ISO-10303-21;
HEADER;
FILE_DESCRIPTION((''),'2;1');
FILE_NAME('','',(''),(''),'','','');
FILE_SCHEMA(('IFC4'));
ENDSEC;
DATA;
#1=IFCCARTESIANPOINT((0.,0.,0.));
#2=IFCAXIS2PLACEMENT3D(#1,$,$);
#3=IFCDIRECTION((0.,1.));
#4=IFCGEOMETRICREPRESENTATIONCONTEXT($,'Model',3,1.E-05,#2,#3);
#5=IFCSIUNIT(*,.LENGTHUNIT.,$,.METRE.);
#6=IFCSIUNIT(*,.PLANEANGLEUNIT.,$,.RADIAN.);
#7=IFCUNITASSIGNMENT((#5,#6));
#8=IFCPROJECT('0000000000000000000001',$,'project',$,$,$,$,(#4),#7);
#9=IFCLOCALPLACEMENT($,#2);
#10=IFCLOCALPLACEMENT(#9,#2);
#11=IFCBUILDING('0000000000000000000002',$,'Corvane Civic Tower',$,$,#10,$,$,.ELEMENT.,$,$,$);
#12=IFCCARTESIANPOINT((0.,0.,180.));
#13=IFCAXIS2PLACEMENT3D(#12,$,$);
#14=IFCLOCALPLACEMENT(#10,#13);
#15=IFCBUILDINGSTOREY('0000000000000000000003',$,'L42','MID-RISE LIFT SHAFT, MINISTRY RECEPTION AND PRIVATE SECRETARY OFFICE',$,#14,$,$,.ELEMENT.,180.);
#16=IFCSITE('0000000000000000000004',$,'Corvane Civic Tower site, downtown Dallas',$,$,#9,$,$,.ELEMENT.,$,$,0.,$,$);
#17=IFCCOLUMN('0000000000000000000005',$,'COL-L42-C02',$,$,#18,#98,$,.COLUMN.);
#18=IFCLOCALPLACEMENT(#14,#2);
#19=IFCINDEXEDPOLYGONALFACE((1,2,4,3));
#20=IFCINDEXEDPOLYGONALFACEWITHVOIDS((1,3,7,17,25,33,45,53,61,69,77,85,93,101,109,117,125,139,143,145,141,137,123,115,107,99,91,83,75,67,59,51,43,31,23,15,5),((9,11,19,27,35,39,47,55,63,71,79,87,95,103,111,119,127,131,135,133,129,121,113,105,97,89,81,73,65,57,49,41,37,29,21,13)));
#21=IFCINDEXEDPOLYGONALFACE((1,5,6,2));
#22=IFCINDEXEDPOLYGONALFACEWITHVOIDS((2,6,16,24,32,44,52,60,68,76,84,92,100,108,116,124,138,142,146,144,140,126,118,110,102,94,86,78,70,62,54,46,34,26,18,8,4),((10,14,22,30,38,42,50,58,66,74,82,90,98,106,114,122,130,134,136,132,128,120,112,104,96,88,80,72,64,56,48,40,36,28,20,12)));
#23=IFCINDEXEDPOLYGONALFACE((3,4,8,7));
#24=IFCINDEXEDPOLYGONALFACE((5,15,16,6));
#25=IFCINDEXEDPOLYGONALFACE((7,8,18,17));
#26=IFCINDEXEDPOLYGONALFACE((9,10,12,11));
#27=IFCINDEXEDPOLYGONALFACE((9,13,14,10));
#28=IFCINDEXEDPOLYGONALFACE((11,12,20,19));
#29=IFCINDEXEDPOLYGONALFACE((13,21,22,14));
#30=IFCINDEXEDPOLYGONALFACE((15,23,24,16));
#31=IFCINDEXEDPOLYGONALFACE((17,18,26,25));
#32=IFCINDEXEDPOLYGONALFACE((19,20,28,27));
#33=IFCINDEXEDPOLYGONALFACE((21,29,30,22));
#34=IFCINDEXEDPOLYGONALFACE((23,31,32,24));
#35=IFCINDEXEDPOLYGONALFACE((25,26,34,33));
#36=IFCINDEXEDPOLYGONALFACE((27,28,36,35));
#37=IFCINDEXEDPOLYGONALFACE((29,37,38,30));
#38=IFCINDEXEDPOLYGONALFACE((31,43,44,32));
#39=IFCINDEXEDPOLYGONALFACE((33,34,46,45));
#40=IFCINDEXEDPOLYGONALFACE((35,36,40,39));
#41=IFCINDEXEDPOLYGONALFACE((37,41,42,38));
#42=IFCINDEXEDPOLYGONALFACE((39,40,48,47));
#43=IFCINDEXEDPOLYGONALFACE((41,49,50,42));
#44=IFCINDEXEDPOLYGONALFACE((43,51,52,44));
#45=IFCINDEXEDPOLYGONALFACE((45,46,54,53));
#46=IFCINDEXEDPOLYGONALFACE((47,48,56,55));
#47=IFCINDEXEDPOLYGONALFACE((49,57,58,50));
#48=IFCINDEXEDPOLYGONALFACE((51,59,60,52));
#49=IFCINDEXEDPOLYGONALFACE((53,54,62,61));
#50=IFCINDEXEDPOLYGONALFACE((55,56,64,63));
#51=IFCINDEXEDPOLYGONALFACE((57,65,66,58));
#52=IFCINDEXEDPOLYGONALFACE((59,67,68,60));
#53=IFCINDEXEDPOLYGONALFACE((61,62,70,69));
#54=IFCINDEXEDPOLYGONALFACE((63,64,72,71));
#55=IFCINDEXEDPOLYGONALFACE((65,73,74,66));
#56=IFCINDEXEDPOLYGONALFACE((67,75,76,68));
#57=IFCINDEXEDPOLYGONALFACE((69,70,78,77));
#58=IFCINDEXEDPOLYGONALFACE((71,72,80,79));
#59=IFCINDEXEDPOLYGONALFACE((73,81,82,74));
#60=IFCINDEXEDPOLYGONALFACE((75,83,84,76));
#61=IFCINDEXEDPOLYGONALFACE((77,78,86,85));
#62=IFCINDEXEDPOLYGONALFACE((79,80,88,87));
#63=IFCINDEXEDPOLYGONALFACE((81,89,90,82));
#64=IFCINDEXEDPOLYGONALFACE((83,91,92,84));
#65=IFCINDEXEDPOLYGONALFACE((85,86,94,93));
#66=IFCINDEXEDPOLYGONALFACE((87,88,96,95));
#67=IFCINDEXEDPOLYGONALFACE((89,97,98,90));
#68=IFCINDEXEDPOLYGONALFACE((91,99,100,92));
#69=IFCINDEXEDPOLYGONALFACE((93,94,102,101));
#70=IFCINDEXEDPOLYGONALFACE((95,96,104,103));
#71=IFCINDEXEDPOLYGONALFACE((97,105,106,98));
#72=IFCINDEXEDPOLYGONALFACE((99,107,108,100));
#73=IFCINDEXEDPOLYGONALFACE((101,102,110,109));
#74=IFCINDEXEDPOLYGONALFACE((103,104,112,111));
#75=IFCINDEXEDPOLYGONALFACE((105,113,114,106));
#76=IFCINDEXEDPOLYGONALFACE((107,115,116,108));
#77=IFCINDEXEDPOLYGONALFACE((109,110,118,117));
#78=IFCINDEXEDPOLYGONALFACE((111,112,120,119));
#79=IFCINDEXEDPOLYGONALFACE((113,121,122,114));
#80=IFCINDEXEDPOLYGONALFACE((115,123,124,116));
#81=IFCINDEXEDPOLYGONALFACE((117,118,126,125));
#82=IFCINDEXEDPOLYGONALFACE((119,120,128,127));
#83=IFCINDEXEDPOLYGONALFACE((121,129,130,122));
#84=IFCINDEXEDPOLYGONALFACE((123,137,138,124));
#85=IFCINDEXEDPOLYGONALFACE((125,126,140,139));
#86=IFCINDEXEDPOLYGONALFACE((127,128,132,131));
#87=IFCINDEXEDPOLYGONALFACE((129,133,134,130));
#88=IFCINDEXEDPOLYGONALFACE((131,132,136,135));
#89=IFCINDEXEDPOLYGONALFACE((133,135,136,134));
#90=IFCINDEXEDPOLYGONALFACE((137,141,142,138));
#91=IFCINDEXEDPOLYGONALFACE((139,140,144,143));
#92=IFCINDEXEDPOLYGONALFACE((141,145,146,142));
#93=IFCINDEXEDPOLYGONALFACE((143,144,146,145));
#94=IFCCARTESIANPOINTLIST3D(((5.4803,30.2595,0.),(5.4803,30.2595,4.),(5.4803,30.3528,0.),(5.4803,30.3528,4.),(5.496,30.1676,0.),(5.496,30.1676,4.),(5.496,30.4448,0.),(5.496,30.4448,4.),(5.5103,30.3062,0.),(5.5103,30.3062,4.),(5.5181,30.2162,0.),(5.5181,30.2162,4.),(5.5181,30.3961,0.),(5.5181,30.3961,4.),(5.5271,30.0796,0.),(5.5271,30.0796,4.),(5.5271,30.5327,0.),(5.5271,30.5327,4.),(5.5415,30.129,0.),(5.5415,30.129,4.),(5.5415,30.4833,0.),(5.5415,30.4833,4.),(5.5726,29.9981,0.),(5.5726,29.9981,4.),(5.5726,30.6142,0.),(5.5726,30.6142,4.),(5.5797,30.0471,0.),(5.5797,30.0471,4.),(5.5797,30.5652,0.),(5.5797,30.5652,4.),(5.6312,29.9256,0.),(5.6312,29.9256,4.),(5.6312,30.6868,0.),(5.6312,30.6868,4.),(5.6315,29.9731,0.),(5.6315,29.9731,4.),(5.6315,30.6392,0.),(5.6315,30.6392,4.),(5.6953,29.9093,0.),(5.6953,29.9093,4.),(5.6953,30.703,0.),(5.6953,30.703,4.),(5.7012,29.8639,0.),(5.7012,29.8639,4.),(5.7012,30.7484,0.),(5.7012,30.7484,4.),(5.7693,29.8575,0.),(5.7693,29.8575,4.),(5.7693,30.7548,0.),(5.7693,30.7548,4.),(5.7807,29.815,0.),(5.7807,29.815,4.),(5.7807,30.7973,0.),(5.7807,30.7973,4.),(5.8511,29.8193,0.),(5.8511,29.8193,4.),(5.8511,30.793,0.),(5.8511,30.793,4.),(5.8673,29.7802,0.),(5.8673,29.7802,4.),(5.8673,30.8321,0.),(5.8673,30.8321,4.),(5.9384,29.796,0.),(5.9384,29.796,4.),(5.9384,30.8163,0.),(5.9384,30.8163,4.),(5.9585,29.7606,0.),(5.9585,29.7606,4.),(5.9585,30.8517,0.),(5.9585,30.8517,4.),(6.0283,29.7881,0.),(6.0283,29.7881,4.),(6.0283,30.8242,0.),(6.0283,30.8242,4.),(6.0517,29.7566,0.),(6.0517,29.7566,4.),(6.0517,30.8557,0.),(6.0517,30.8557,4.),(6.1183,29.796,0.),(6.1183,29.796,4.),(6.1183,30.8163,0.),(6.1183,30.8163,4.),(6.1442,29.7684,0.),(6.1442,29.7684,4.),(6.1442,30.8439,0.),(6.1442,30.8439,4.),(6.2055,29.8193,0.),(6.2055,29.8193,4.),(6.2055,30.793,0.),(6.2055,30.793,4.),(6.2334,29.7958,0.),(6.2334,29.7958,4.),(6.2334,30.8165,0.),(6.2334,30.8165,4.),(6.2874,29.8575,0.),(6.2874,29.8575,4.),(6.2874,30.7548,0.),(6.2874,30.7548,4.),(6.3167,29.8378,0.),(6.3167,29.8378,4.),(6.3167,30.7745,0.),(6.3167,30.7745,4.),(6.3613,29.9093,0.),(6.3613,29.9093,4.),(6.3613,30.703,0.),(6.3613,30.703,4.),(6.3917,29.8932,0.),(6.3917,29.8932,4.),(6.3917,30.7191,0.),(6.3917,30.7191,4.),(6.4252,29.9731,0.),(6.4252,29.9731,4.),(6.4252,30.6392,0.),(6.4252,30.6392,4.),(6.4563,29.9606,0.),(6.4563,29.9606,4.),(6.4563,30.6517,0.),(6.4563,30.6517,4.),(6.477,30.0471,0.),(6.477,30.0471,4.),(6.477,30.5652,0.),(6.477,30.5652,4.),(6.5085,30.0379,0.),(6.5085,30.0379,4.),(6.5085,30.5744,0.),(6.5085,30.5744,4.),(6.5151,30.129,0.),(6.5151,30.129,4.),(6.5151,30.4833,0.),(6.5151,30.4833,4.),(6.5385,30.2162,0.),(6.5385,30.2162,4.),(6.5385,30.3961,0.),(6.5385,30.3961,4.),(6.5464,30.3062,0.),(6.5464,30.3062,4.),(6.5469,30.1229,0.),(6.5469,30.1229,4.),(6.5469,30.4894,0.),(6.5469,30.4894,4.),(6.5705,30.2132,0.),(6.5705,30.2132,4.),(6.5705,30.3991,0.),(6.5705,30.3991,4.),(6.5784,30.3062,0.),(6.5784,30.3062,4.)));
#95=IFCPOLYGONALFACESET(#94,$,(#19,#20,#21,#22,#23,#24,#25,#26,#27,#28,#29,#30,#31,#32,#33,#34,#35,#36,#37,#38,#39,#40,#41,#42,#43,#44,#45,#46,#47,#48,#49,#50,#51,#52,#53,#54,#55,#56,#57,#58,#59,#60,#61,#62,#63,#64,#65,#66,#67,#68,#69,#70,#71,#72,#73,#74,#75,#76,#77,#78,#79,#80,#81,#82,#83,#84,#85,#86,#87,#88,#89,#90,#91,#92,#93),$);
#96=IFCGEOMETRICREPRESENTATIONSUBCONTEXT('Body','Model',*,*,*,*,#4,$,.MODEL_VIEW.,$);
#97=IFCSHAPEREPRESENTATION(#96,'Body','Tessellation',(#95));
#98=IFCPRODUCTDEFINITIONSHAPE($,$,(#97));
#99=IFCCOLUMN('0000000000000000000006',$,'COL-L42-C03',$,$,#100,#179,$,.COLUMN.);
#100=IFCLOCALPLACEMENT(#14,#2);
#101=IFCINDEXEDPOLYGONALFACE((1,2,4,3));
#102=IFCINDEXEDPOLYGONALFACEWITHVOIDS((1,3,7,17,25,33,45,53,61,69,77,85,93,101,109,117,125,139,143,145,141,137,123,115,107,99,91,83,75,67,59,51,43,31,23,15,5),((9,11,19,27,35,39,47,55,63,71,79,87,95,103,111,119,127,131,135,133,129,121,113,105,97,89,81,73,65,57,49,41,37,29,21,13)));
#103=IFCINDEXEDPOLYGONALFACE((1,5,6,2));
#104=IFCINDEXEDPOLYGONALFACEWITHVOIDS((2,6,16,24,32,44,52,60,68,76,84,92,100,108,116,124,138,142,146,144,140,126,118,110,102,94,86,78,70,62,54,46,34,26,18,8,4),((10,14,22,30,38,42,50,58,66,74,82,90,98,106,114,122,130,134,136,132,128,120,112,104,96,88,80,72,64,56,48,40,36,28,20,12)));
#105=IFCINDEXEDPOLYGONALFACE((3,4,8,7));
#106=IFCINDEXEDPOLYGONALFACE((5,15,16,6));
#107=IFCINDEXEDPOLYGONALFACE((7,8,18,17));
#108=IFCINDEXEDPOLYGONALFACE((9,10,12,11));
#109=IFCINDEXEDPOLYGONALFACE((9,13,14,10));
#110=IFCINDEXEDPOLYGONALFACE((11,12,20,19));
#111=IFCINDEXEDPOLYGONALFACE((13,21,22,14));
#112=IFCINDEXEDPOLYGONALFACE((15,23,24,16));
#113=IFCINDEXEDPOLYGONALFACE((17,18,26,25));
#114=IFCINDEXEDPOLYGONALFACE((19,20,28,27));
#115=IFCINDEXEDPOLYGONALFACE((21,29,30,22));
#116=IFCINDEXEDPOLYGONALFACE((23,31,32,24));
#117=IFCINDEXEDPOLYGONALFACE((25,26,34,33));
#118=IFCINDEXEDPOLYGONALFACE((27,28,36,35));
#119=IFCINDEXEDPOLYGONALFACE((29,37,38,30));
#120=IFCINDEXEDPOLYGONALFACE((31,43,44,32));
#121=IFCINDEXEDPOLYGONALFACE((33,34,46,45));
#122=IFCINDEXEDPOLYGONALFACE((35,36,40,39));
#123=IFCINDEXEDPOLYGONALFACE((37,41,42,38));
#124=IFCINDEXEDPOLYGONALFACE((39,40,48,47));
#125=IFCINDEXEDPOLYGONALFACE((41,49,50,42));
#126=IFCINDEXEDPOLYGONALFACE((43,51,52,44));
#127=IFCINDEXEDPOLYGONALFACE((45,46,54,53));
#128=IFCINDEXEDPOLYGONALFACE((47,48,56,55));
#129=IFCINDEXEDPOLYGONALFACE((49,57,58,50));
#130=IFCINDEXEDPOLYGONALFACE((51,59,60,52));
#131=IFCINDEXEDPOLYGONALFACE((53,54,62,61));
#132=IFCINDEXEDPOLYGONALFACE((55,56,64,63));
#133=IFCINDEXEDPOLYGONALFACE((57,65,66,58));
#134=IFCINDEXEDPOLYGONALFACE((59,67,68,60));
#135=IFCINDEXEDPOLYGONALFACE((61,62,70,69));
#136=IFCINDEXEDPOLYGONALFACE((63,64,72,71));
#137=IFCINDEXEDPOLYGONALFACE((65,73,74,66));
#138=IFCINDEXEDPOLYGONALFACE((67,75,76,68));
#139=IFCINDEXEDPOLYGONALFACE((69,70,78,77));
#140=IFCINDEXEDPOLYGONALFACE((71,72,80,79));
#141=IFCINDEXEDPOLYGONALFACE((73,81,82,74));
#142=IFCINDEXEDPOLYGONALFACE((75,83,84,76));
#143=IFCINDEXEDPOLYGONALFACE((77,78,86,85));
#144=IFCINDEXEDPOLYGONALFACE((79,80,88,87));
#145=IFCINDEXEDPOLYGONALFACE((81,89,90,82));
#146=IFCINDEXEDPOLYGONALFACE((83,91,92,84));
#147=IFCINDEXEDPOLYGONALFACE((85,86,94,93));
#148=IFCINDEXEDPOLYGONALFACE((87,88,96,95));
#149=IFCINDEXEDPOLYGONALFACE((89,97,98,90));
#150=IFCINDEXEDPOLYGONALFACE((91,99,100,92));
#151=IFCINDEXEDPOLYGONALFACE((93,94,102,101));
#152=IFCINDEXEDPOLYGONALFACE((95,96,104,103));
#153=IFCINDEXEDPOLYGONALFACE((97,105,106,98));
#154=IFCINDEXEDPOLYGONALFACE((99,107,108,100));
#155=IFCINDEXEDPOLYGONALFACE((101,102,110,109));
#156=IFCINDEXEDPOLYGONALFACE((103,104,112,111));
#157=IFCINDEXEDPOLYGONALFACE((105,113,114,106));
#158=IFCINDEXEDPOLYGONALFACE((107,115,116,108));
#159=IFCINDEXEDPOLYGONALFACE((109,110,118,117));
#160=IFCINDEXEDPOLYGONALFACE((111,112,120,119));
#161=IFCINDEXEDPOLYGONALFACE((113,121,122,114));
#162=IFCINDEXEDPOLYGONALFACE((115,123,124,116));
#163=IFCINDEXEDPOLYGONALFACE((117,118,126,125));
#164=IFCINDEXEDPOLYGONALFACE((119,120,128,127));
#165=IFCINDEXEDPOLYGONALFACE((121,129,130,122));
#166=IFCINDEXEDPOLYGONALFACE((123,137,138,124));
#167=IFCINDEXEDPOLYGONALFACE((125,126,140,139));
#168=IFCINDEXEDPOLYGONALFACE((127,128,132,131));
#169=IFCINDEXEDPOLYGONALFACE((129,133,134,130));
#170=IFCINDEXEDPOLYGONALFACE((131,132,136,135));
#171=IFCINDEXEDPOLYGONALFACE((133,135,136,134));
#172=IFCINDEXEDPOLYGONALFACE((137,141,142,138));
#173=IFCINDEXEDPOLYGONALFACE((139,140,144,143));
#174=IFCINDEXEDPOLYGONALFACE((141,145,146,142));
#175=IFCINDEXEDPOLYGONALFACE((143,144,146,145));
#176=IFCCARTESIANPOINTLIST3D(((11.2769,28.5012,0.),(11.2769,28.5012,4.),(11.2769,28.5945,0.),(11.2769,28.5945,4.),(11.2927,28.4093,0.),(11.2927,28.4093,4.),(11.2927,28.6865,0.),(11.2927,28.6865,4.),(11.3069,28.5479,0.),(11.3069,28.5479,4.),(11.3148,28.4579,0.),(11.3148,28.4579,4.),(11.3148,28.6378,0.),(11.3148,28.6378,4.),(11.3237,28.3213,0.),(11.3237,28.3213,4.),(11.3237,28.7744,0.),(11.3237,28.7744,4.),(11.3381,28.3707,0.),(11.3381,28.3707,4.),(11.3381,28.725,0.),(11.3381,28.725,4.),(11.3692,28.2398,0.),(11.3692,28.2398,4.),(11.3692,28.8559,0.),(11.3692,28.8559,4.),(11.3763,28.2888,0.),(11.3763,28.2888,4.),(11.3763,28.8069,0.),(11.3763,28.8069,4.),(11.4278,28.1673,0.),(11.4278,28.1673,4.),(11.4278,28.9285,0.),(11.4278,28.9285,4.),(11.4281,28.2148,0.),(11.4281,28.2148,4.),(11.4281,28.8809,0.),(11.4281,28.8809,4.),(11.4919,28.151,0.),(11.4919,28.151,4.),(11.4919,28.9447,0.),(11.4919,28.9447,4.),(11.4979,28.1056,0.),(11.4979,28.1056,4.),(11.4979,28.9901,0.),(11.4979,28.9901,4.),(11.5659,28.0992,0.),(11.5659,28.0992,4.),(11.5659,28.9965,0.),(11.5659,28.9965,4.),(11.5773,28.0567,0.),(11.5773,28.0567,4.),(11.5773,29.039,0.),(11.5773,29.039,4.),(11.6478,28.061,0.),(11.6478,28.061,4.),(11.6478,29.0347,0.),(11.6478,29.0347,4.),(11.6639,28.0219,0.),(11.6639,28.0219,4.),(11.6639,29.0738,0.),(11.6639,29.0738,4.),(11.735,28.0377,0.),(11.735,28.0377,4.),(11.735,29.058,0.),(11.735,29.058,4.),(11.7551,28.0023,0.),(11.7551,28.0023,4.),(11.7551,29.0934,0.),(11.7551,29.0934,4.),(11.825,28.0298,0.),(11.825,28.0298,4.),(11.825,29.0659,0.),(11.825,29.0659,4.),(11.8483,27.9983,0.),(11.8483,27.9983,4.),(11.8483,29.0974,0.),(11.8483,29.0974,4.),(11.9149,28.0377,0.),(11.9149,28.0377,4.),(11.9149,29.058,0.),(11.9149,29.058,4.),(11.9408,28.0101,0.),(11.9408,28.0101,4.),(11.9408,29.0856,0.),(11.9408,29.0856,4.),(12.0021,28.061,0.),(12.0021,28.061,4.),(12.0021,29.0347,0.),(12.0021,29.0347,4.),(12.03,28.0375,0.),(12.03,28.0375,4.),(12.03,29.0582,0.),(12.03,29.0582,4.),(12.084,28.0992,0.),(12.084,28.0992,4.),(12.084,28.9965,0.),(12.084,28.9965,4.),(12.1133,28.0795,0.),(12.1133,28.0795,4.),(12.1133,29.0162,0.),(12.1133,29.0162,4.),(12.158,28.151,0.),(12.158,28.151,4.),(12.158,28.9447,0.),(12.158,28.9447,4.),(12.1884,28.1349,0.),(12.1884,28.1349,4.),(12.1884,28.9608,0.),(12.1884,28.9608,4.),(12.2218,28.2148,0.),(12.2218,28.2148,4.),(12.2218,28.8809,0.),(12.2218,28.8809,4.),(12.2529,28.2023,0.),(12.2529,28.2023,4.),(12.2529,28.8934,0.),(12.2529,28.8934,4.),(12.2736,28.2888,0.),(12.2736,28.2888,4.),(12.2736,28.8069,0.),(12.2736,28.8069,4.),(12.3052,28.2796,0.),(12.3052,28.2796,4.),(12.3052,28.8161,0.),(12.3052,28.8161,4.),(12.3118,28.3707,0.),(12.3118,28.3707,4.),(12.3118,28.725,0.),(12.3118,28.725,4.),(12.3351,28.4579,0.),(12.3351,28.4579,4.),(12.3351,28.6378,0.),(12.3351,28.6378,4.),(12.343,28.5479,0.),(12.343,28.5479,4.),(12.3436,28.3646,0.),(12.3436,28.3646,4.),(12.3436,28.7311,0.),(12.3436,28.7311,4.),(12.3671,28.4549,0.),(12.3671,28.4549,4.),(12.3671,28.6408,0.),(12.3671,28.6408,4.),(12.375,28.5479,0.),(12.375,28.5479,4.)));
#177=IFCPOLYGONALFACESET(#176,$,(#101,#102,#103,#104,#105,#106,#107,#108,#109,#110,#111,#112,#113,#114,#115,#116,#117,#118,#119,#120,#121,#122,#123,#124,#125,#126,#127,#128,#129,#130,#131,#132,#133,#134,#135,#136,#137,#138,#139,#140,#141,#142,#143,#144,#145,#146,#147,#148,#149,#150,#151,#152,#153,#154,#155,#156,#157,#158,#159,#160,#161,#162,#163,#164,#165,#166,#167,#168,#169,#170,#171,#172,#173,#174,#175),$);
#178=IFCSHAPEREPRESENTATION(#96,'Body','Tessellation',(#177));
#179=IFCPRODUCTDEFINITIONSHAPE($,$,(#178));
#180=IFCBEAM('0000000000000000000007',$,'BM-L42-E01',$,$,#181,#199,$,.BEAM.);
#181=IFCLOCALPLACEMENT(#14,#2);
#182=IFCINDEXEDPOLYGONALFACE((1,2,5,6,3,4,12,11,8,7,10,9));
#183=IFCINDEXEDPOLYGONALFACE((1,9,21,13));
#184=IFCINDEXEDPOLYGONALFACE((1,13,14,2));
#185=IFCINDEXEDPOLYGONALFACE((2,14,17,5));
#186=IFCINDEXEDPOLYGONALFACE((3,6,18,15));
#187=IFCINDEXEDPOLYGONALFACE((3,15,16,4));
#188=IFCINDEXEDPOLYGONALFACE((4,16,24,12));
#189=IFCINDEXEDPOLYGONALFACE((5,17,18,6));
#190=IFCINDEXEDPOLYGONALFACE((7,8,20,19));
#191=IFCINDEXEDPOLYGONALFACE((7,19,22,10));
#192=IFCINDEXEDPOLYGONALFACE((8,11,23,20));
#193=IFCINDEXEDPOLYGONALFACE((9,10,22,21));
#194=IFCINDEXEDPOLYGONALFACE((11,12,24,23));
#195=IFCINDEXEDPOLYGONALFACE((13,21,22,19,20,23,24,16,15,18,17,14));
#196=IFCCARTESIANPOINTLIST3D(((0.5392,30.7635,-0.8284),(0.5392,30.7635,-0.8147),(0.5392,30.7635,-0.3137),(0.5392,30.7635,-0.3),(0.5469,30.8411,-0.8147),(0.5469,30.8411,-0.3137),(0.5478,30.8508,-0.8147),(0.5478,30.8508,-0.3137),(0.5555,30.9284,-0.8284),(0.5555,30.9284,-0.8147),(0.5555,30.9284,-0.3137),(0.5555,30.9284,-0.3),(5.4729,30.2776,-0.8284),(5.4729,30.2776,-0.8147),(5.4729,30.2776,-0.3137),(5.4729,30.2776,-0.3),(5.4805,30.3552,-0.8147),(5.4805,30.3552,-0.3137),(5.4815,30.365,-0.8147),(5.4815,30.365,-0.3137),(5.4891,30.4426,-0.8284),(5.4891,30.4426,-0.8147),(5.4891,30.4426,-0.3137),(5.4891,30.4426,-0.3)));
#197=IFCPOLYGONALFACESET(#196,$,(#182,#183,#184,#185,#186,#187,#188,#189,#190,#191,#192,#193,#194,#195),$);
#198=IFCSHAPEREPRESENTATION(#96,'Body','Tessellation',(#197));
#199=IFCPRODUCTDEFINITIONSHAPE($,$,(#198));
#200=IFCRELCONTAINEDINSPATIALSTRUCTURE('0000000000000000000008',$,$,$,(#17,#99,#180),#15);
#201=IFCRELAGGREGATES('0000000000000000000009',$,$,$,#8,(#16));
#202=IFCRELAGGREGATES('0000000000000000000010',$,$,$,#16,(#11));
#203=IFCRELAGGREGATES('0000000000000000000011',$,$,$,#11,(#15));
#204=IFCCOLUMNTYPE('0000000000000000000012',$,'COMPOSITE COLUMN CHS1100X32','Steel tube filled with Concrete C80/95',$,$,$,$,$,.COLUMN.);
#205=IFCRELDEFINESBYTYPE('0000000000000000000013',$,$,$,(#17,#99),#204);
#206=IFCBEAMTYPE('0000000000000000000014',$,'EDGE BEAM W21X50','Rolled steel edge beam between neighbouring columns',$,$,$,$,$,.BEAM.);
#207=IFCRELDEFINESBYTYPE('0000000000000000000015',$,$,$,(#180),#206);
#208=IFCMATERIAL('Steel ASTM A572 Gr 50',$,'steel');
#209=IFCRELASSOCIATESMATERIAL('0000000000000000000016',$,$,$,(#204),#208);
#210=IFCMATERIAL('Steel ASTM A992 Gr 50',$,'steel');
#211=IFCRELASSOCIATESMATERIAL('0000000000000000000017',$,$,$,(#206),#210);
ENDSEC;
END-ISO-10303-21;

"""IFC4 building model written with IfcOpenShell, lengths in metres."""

from ifc_helpers import new_model, si_unit, direction, frame, origin, origin_2d, place, context, subcontext, project, spatial, hollow_circle, i_section, extrude, material, material_profile, profile_set, type_object, element, save


model = new_model("IFC4")

# Units and contexts
model_context = context("Model", 3, precision=1e-05, world=origin(), true_north=direction((0.0, 1.0)))
body_context = subcontext(model_context, "Body", "Model", "MODEL_VIEW")
ifc_project = project(units=[si_unit("LENGTHUNIT", "METRE"), si_unit("PLANEANGLEUNIT", "RADIAN")], contexts=[model_context])

# Site, building, storey
site_placement = place(None, origin())
site = spatial("IfcSite", under=ifc_project, at=site_placement, Name="Corvane Civic Tower site, downtown Dallas", CompositionType="ELEMENT", RefElevation=0.0)
building_placement = place(site_placement, origin())
building = spatial("IfcBuilding", under=site, at=building_placement, Name="Corvane Civic Tower", CompositionType="ELEMENT")
storey_placement = place(building_placement, frame((0.0, 0.0, 180.0)))
storey = spatial("IfcBuildingStorey", under=building, at=storey_placement, Name="L42", Description="MID-RISE LIFT SHAFT, MINISTRY RECEPTION AND PRIVATE SECRETARY OFFICE", CompositionType="ELEMENT", Elevation=180.0)

# Columns
ifc_material_1 = material(Name="Steel ASTM A572 Gr 50", Category="steel")
ifc_material_profile_1 = material_profile(ifc_material_1, hollow_circle(Radius=0.55, WallThickness=0.032, at=origin_2d()), Name="CHS1100X32")
ifc_profile_set_1 = profile_set([ifc_material_profile_1], Name="Steel ASTM A572 Gr 50")
column_type = type_object("IfcColumnType", Name="COMPOSITE COLUMN CHS1100X32", Description="Steel tube filled with Concrete C80/95", PredefinedType="COLUMN", material=ifc_profile_set_1)
for number, where, z_axis, x_axis, name in (
    (1, (6.0283, 30.3062, 0.0), (0.0, 0.0, 1.0), (1.0, 0.0, 0.0), "COL-L42-C02"),
    (2, (11.825, 28.5479, 0.0), (0.0, 0.0, 1.0), (1.0, 0.0, 0.0), "COL-L42-C03"),
):
    element("IfcColumn", number, at=place(storey_placement, frame(where, z_axis=z_axis, x_axis=x_axis)), inside=storey, type_object=column_type, Name=name, PredefinedType="COLUMN", context=body_context, shape_type="SweptSolid", body=[
        extrude(hollow_circle(Radius=0.55, WallThickness=0.032, at=origin_2d()), origin(), (0.0, 0.0, 1.0), 4.0),
    ])

# Beam
ifc_material_2 = material(Name="Steel ASTM A992 Gr 50", Category="steel")
ifc_material_profile_2 = material_profile(ifc_material_2, i_section(OverallWidth=0.1658, OverallDepth=0.5283, WebThickness=0.0098, FlangeThickness=0.0137, at=origin_2d()), Name="W21X50")
ifc_profile_set_2 = profile_set([ifc_material_profile_2], Name="Steel ASTM A992 Gr 50")
beam_type_1 = type_object("IfcBeamType", Name="EDGE BEAM W21X50", Description="Rolled steel edge beam between neighbouring columns", PredefinedType="BEAM", material=ifc_profile_set_2)
beam_1_placement = place(storey_placement, frame((0.5474, 30.8459, -0.5642), z_axis=(0.995186, -0.098002, 0.0), x_axis=(0.098002, 0.995186, 0.0)))
element("IfcBeam", 3, at=beam_1_placement, inside=storey, type_object=beam_type_1, Name="BM-L42-E01", PredefinedType="BEAM", context=body_context, shape_type="SweptSolid", body=[
    extrude(i_section(OverallWidth=0.1658, OverallDepth=0.5283, WebThickness=0.0098, FlangeThickness=0.0137, at=origin_2d()), origin(), (0.0, 0.0, 1.0), 4.9575),
])

save(model, "model.ifc")
